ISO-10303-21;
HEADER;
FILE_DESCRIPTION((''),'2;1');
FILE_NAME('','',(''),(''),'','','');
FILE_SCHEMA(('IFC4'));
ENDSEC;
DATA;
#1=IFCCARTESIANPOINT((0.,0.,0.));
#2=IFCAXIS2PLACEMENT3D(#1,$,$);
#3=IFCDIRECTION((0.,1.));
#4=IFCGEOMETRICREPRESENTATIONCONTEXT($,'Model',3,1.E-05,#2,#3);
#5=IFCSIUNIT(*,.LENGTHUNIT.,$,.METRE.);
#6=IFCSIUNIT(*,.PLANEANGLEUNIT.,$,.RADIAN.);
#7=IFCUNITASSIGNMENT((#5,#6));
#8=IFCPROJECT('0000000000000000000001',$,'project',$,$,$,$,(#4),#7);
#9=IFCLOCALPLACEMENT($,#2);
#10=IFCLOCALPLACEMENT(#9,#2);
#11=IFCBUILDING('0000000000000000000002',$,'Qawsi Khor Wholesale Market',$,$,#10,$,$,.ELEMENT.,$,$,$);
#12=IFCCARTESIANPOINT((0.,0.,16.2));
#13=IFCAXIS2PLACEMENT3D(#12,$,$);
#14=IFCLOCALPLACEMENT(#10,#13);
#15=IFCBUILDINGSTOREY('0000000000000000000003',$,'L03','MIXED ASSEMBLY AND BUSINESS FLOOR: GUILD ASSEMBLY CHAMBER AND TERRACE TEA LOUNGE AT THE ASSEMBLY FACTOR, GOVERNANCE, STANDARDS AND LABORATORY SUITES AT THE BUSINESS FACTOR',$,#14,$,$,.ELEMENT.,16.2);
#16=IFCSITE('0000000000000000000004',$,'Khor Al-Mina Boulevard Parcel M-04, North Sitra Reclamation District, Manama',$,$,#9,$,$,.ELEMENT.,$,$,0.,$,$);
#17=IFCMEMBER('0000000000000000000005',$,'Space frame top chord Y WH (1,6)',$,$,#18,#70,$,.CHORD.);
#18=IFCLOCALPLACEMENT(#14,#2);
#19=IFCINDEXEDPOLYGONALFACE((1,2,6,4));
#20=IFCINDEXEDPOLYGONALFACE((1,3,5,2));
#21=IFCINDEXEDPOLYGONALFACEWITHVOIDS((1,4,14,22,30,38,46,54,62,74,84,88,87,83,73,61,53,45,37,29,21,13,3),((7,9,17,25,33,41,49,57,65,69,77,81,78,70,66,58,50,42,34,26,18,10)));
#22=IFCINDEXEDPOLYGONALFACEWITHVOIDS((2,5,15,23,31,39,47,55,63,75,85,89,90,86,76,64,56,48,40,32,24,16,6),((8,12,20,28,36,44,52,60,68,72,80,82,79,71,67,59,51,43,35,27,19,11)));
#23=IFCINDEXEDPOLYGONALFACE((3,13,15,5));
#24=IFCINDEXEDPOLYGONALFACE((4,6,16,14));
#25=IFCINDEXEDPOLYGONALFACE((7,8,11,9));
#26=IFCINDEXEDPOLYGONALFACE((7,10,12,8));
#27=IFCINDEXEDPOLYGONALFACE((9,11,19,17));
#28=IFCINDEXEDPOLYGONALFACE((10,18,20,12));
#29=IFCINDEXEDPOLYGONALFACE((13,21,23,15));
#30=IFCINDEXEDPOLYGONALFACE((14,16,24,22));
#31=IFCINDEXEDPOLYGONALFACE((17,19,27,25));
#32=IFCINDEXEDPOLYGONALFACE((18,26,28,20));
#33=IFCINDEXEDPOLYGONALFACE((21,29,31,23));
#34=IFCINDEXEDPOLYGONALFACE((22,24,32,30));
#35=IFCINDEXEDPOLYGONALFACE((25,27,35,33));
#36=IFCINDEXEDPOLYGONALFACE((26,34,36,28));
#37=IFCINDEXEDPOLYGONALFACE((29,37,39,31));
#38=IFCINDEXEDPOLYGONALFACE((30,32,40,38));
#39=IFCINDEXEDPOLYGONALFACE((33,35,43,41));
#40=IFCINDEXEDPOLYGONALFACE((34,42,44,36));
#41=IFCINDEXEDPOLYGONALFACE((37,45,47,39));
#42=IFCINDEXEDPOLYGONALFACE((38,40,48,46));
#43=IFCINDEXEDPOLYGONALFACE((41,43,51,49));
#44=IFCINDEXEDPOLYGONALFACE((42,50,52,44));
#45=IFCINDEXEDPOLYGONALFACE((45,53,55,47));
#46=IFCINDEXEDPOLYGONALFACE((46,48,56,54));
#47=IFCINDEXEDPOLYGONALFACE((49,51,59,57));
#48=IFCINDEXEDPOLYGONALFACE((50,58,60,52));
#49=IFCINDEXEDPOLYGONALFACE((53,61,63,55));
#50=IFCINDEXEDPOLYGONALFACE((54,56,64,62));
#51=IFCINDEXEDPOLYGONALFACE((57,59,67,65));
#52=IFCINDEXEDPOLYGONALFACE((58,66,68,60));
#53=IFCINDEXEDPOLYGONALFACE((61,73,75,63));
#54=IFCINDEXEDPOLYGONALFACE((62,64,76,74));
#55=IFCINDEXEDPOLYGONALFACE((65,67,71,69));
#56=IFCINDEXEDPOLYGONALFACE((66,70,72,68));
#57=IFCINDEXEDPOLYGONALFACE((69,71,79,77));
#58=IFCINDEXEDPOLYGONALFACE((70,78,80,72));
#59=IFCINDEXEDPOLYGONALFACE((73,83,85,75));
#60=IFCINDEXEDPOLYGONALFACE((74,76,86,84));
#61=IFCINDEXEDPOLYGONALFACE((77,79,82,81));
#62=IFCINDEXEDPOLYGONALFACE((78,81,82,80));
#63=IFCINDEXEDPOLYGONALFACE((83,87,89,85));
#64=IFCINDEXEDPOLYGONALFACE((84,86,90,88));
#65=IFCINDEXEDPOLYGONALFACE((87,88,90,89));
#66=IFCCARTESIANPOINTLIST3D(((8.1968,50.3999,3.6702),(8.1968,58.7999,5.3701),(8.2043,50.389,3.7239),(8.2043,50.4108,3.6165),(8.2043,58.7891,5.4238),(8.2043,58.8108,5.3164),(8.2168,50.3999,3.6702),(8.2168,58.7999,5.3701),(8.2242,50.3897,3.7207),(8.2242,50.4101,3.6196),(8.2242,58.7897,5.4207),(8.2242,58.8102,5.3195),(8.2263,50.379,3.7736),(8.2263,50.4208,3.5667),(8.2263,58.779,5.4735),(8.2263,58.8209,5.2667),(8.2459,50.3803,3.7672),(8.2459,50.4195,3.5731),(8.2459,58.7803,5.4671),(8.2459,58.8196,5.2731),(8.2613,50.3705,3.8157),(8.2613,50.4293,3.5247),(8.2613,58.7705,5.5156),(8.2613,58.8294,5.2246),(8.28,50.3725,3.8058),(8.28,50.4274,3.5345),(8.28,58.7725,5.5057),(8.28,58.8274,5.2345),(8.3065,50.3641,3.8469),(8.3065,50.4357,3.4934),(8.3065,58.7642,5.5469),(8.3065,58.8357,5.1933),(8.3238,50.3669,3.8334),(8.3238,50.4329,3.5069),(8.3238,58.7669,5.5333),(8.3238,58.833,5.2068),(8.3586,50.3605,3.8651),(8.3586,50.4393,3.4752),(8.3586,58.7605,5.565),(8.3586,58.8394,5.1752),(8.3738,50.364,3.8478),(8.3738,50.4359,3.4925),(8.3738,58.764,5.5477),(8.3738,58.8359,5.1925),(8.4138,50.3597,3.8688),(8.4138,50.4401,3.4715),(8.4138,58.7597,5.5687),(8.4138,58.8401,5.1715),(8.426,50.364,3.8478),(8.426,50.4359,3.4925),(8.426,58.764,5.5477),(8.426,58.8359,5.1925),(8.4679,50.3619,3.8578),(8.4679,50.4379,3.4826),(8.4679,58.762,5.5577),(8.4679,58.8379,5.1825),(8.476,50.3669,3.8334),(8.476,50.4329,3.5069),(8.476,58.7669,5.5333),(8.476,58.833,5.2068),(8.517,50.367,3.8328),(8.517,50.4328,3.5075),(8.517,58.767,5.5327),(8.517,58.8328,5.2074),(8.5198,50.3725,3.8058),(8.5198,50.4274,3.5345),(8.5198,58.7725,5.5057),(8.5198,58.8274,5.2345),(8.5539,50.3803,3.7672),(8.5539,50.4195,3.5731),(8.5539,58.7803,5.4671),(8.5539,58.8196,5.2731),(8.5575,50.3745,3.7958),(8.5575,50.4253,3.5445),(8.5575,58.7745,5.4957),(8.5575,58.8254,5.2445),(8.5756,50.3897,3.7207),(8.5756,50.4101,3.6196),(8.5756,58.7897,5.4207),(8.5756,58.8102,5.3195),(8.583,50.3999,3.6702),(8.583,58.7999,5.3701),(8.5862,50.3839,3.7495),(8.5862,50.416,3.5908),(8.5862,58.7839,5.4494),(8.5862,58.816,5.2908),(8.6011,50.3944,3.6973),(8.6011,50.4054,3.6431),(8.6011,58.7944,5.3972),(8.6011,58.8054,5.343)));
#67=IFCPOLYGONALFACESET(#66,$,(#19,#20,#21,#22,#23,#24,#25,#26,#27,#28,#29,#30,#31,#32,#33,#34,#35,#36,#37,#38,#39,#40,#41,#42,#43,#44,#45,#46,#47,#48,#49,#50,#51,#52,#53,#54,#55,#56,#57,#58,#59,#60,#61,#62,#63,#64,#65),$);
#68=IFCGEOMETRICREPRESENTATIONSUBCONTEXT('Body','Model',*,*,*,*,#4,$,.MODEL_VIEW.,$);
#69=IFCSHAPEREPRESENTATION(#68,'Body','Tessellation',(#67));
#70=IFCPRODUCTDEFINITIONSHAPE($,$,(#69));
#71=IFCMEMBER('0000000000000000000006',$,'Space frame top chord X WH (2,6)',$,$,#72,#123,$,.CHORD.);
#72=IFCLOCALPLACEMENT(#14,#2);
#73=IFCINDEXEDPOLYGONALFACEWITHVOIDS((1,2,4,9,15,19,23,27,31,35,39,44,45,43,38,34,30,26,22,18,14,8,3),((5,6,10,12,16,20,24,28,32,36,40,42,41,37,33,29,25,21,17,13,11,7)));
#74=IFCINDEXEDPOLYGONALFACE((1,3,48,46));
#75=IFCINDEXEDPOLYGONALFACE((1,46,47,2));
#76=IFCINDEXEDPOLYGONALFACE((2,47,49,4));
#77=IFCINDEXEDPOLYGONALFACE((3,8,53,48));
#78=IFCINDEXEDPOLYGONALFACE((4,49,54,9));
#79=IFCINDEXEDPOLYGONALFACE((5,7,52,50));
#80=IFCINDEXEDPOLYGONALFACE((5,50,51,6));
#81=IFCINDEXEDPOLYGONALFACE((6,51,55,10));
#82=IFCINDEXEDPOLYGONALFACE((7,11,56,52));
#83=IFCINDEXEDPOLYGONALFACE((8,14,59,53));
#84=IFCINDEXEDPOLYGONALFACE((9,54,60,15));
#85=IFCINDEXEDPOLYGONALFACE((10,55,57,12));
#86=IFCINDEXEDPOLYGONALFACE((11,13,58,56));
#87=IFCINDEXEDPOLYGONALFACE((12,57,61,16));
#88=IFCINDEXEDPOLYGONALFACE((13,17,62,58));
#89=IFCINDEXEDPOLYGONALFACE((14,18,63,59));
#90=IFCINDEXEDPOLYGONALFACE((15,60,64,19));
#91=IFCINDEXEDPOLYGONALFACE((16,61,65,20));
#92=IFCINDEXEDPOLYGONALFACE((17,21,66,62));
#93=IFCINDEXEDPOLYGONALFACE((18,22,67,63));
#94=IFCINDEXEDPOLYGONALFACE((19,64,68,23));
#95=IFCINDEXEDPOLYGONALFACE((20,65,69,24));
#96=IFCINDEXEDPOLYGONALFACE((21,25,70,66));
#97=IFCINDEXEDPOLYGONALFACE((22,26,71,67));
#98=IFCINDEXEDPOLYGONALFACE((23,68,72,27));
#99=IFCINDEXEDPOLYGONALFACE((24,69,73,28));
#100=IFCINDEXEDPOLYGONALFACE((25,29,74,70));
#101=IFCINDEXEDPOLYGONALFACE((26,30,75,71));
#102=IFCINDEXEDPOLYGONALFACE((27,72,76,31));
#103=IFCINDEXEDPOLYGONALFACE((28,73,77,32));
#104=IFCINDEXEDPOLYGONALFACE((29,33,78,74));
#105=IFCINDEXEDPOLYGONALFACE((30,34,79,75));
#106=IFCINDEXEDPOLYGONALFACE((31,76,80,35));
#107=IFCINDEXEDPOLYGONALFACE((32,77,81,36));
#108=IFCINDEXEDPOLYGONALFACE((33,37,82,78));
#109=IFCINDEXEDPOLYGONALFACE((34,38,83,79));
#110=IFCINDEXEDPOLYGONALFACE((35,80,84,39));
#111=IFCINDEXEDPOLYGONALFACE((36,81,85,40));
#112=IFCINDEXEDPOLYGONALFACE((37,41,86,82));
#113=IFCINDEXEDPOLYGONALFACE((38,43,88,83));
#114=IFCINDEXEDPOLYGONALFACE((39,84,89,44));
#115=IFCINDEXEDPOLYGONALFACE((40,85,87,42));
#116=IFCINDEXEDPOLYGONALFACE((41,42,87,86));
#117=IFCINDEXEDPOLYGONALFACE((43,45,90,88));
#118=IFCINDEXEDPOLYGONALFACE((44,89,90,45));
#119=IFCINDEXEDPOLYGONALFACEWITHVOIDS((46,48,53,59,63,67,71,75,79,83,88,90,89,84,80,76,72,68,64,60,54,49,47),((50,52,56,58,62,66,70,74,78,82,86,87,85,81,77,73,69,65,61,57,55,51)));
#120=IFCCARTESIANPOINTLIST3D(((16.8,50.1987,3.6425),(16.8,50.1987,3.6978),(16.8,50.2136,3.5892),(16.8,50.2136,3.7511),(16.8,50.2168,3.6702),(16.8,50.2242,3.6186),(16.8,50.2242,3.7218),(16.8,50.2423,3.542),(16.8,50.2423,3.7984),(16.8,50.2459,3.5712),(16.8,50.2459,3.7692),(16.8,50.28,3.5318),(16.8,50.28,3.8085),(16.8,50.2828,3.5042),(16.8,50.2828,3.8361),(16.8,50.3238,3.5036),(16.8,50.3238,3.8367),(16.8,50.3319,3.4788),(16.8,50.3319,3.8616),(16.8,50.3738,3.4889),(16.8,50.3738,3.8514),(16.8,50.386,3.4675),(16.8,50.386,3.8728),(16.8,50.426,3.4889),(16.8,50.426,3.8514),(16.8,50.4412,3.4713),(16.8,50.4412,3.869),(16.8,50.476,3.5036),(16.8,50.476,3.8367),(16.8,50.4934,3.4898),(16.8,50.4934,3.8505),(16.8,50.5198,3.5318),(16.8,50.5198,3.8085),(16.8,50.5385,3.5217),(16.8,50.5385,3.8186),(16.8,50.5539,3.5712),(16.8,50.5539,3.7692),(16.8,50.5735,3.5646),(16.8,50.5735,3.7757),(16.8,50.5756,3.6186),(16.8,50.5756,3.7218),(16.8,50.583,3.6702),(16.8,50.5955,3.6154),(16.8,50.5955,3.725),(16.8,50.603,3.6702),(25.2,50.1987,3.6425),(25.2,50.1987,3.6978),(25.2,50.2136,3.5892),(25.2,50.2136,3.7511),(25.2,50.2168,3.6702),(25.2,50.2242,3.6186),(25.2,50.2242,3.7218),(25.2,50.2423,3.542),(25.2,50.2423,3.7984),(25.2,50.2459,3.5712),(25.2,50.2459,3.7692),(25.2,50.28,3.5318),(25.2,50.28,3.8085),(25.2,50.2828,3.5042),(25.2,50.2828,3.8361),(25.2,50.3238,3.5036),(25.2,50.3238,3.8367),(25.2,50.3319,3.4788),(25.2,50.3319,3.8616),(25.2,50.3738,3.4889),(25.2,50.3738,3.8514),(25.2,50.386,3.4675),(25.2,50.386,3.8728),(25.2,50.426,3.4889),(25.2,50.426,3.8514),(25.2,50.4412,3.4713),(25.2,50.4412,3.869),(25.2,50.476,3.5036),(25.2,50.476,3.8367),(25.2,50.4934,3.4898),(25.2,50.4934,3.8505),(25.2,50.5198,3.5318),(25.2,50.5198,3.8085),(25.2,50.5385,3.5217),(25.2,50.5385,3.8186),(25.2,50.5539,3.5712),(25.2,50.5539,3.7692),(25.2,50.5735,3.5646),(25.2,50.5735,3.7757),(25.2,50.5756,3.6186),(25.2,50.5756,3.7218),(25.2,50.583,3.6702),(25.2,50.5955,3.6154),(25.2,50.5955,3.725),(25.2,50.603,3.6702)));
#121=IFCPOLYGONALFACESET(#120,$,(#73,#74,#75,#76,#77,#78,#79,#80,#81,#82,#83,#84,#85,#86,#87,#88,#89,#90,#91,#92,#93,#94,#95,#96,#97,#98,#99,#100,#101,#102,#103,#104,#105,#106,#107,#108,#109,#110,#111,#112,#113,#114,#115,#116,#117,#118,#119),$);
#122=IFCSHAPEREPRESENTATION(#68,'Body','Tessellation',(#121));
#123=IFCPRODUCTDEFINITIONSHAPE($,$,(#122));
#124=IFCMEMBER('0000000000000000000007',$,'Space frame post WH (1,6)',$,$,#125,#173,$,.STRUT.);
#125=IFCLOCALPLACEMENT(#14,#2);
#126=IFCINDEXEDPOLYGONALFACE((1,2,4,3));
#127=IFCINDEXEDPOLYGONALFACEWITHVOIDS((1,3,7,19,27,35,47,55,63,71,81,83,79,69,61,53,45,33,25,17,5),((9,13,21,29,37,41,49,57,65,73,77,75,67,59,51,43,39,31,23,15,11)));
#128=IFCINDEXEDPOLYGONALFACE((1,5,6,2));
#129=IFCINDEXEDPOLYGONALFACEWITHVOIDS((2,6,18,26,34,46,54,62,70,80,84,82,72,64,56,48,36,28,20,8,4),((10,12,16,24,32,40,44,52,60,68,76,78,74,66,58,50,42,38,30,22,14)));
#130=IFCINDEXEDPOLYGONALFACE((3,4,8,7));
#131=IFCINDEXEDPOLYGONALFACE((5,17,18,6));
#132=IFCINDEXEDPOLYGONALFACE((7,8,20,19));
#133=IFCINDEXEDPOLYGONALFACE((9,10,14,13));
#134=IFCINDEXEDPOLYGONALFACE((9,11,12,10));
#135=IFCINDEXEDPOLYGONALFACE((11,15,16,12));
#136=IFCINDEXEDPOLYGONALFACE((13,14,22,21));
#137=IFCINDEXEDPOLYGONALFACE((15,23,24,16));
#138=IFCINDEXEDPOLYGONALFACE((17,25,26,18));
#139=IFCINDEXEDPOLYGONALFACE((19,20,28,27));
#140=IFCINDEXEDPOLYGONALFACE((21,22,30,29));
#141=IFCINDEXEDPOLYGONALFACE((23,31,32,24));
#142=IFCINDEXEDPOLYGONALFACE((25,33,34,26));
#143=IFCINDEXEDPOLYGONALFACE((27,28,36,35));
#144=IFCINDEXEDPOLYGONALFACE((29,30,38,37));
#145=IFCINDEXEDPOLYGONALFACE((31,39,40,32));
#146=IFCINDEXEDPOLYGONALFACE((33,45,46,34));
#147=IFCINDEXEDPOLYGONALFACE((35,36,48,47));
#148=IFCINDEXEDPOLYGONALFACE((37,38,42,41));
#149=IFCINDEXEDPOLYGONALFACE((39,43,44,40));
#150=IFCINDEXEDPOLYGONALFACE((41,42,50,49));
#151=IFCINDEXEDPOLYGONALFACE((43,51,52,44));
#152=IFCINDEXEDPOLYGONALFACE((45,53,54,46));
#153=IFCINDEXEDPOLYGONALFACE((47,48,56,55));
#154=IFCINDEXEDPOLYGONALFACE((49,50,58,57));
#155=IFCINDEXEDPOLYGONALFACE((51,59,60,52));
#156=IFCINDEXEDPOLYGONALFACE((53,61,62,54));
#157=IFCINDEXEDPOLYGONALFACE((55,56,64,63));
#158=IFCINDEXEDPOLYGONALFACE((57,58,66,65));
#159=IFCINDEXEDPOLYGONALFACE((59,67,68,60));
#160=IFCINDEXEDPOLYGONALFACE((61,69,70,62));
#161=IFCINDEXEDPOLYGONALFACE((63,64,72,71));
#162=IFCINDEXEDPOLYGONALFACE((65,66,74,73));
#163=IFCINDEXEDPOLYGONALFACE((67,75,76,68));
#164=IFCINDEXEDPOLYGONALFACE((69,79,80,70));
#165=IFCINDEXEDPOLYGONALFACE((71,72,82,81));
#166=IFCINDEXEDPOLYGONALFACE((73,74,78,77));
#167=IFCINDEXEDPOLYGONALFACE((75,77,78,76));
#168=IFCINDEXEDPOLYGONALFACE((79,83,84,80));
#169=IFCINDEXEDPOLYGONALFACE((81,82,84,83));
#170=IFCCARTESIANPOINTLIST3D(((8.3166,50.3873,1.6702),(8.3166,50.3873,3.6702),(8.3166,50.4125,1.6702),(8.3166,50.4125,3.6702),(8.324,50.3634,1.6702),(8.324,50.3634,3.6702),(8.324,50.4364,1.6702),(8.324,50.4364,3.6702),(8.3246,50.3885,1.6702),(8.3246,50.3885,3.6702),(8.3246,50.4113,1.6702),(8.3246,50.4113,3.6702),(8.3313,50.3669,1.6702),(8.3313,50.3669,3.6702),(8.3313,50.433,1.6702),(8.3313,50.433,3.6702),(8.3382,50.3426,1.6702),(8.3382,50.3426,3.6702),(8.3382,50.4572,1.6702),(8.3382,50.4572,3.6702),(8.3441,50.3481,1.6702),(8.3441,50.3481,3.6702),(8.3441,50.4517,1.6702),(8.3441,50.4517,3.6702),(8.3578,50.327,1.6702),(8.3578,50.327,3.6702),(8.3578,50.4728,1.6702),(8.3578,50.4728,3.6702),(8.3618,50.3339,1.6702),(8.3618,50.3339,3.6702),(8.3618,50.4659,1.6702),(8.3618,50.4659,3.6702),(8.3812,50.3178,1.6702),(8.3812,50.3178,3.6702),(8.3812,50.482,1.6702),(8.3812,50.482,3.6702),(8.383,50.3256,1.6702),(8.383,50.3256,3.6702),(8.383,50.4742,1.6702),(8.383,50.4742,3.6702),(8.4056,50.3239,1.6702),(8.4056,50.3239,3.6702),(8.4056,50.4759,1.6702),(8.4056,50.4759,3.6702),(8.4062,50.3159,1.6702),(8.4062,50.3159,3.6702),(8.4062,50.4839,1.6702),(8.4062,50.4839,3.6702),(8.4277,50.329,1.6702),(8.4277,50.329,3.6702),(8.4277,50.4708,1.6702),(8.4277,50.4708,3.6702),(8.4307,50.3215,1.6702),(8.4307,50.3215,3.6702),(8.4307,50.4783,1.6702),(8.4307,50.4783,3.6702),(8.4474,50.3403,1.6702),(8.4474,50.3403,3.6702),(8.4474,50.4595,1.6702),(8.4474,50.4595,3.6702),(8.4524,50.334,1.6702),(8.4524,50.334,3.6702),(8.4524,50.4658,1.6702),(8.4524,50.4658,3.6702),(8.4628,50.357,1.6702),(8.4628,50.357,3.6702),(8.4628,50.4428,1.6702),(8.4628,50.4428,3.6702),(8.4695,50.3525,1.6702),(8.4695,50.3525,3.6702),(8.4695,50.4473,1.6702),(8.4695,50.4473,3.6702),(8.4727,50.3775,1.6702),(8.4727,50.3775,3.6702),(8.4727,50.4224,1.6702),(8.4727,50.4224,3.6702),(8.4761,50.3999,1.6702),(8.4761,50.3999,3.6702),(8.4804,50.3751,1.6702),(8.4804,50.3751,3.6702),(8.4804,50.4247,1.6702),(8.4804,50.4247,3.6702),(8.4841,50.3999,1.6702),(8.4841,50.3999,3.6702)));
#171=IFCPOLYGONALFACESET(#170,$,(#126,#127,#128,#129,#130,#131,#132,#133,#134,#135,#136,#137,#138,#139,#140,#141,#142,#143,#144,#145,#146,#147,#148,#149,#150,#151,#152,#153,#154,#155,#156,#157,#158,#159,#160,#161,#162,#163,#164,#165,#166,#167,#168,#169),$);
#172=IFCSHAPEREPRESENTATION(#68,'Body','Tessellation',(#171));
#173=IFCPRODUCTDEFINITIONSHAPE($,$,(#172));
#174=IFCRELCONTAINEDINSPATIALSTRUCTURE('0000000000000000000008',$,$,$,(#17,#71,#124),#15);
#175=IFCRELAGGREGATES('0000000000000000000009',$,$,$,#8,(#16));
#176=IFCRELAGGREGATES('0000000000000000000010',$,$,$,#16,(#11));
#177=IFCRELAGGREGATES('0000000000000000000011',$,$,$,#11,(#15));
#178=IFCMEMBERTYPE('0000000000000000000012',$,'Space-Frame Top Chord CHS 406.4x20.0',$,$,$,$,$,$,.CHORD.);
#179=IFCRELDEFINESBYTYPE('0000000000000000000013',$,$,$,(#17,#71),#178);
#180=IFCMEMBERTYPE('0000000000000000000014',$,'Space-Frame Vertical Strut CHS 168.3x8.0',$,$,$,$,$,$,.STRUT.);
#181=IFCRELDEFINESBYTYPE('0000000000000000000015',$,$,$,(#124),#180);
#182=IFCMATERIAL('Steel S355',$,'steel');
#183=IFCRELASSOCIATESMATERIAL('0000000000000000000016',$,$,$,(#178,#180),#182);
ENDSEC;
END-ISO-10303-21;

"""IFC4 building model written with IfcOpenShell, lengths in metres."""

from ifc_helpers import new_model, si_unit, direction, frame, origin, origin_2d, place, context, subcontext, project, spatial, hollow_circle, extrude, material, material_profile, profile_set, type_object, element, save


model = new_model("IFC4")

# Units and contexts
model_context = context("Model", 3, precision=1e-05, world=origin(), true_north=direction((0.0, 1.0)))
body_context = subcontext(model_context, "Body", "Model", "MODEL_VIEW")
ifc_project = project(units=[si_unit("LENGTHUNIT", "METRE"), si_unit("PLANEANGLEUNIT", "RADIAN")], contexts=[model_context])

# Site, building, storey
site_placement = place(None, origin())
site = spatial("IfcSite", under=ifc_project, at=site_placement, Name="Khor Al-Mina Boulevard Parcel M-04, North Sitra Reclamation District, Manama", CompositionType="ELEMENT", RefElevation=0.0)
building_placement = place(site_placement, origin())
building = spatial("IfcBuilding", under=site, at=building_placement, Name="Qawsi Khor Wholesale Market", CompositionType="ELEMENT")
storey_placement = place(building_placement, frame((0.0, 0.0, 16.2)))
storey = spatial("IfcBuildingStorey", under=building, at=storey_placement, Name="L03", Description="MIXED ASSEMBLY AND BUSINESS FLOOR: GUILD ASSEMBLY CHAMBER AND TERRACE TEA LOUNGE AT THE ASSEMBLY FACTOR, GOVERNANCE, STANDARDS AND LABORATORY SUITES AT THE BUSINESS FACTOR", CompositionType="ELEMENT", Elevation=16.2)

# Members
ifc_material_1 = material(Name="Steel S355", Category="steel")
ifc_material_profile_1 = material_profile(ifc_material_1, hollow_circle(Radius=0.2031, WallThickness=0.02, at=origin_2d()), Name="CHS 406.4x20.0")
ifc_profile_set_1 = profile_set([ifc_material_profile_1], Name="Steel S355")
member_type_1 = type_object("IfcMemberType", Name="Space-Frame Top Chord CHS 406.4x20.0", PredefinedType="CHORD", material=ifc_profile_set_1)
member_1_placement = place(storey_placement, frame((8.3999, 50.3999, 3.6702), z_axis=(0.0, 0.980131, 0.198351), x_axis=(-1.0, 0.0, 0.0)))
element("IfcMember", 1, at=member_1_placement, inside=storey, type_object=member_type_1, Name="Space frame top chord Y WH (1,6)", PredefinedType="CHORD", context=body_context, shape_type="SweptSolid", body=[
    extrude(hollow_circle(Radius=0.2031, WallThickness=0.02, at=origin_2d()), origin(), (0.0, 0.0, 1.0), 8.5703),
])
member_2_placement = place(storey_placement, frame((16.8, 50.3999, 3.6702), z_axis=(1.0, 0.0, 0.0), x_axis=(0.0, 1.0, 0.0)))
element("IfcMember", 2, at=member_2_placement, inside=storey, type_object=member_type_1, Name="Space frame top chord X WH (2,6)", PredefinedType="CHORD", context=body_context, shape_type="SweptSolid", body=[
    extrude(hollow_circle(Radius=0.2031, WallThickness=0.02, at=origin_2d()), origin(), (0.0, 0.0, 1.0), 8.3999),
])
ifc_material_profile_2 = material_profile(ifc_material_1, hollow_circle(Radius=0.0842, WallThickness=0.0081, at=origin_2d()), Name="CHS 168.3x8.0")
ifc_profile_set_2 = profile_set([ifc_material_profile_2], Name="Steel S355")
member_type_2 = type_object("IfcMemberType", Name="Space-Frame Vertical Strut CHS 168.3x8.0", PredefinedType="STRUT", material=ifc_profile_set_2)
for number, where, z_axis, x_axis, name in (
    (3, (8.3999, 50.3999, 1.6702), (0.0, 0.0, 1.0), (1.0, 0.0, 0.0), "Space frame post WH (1,6)"),
):
    element("IfcMember", number, at=place(storey_placement, frame(where, z_axis=z_axis, x_axis=x_axis)), inside=storey, type_object=member_type_2, Name=name, PredefinedType="STRUT", context=body_context, shape_type="SweptSolid", body=[
        extrude(hollow_circle(Radius=0.0842, WallThickness=0.0081, at=origin_2d()), origin(), (0.0, 0.0, 1.0), 2.0),
    ])

save(model, "model.ifc")
